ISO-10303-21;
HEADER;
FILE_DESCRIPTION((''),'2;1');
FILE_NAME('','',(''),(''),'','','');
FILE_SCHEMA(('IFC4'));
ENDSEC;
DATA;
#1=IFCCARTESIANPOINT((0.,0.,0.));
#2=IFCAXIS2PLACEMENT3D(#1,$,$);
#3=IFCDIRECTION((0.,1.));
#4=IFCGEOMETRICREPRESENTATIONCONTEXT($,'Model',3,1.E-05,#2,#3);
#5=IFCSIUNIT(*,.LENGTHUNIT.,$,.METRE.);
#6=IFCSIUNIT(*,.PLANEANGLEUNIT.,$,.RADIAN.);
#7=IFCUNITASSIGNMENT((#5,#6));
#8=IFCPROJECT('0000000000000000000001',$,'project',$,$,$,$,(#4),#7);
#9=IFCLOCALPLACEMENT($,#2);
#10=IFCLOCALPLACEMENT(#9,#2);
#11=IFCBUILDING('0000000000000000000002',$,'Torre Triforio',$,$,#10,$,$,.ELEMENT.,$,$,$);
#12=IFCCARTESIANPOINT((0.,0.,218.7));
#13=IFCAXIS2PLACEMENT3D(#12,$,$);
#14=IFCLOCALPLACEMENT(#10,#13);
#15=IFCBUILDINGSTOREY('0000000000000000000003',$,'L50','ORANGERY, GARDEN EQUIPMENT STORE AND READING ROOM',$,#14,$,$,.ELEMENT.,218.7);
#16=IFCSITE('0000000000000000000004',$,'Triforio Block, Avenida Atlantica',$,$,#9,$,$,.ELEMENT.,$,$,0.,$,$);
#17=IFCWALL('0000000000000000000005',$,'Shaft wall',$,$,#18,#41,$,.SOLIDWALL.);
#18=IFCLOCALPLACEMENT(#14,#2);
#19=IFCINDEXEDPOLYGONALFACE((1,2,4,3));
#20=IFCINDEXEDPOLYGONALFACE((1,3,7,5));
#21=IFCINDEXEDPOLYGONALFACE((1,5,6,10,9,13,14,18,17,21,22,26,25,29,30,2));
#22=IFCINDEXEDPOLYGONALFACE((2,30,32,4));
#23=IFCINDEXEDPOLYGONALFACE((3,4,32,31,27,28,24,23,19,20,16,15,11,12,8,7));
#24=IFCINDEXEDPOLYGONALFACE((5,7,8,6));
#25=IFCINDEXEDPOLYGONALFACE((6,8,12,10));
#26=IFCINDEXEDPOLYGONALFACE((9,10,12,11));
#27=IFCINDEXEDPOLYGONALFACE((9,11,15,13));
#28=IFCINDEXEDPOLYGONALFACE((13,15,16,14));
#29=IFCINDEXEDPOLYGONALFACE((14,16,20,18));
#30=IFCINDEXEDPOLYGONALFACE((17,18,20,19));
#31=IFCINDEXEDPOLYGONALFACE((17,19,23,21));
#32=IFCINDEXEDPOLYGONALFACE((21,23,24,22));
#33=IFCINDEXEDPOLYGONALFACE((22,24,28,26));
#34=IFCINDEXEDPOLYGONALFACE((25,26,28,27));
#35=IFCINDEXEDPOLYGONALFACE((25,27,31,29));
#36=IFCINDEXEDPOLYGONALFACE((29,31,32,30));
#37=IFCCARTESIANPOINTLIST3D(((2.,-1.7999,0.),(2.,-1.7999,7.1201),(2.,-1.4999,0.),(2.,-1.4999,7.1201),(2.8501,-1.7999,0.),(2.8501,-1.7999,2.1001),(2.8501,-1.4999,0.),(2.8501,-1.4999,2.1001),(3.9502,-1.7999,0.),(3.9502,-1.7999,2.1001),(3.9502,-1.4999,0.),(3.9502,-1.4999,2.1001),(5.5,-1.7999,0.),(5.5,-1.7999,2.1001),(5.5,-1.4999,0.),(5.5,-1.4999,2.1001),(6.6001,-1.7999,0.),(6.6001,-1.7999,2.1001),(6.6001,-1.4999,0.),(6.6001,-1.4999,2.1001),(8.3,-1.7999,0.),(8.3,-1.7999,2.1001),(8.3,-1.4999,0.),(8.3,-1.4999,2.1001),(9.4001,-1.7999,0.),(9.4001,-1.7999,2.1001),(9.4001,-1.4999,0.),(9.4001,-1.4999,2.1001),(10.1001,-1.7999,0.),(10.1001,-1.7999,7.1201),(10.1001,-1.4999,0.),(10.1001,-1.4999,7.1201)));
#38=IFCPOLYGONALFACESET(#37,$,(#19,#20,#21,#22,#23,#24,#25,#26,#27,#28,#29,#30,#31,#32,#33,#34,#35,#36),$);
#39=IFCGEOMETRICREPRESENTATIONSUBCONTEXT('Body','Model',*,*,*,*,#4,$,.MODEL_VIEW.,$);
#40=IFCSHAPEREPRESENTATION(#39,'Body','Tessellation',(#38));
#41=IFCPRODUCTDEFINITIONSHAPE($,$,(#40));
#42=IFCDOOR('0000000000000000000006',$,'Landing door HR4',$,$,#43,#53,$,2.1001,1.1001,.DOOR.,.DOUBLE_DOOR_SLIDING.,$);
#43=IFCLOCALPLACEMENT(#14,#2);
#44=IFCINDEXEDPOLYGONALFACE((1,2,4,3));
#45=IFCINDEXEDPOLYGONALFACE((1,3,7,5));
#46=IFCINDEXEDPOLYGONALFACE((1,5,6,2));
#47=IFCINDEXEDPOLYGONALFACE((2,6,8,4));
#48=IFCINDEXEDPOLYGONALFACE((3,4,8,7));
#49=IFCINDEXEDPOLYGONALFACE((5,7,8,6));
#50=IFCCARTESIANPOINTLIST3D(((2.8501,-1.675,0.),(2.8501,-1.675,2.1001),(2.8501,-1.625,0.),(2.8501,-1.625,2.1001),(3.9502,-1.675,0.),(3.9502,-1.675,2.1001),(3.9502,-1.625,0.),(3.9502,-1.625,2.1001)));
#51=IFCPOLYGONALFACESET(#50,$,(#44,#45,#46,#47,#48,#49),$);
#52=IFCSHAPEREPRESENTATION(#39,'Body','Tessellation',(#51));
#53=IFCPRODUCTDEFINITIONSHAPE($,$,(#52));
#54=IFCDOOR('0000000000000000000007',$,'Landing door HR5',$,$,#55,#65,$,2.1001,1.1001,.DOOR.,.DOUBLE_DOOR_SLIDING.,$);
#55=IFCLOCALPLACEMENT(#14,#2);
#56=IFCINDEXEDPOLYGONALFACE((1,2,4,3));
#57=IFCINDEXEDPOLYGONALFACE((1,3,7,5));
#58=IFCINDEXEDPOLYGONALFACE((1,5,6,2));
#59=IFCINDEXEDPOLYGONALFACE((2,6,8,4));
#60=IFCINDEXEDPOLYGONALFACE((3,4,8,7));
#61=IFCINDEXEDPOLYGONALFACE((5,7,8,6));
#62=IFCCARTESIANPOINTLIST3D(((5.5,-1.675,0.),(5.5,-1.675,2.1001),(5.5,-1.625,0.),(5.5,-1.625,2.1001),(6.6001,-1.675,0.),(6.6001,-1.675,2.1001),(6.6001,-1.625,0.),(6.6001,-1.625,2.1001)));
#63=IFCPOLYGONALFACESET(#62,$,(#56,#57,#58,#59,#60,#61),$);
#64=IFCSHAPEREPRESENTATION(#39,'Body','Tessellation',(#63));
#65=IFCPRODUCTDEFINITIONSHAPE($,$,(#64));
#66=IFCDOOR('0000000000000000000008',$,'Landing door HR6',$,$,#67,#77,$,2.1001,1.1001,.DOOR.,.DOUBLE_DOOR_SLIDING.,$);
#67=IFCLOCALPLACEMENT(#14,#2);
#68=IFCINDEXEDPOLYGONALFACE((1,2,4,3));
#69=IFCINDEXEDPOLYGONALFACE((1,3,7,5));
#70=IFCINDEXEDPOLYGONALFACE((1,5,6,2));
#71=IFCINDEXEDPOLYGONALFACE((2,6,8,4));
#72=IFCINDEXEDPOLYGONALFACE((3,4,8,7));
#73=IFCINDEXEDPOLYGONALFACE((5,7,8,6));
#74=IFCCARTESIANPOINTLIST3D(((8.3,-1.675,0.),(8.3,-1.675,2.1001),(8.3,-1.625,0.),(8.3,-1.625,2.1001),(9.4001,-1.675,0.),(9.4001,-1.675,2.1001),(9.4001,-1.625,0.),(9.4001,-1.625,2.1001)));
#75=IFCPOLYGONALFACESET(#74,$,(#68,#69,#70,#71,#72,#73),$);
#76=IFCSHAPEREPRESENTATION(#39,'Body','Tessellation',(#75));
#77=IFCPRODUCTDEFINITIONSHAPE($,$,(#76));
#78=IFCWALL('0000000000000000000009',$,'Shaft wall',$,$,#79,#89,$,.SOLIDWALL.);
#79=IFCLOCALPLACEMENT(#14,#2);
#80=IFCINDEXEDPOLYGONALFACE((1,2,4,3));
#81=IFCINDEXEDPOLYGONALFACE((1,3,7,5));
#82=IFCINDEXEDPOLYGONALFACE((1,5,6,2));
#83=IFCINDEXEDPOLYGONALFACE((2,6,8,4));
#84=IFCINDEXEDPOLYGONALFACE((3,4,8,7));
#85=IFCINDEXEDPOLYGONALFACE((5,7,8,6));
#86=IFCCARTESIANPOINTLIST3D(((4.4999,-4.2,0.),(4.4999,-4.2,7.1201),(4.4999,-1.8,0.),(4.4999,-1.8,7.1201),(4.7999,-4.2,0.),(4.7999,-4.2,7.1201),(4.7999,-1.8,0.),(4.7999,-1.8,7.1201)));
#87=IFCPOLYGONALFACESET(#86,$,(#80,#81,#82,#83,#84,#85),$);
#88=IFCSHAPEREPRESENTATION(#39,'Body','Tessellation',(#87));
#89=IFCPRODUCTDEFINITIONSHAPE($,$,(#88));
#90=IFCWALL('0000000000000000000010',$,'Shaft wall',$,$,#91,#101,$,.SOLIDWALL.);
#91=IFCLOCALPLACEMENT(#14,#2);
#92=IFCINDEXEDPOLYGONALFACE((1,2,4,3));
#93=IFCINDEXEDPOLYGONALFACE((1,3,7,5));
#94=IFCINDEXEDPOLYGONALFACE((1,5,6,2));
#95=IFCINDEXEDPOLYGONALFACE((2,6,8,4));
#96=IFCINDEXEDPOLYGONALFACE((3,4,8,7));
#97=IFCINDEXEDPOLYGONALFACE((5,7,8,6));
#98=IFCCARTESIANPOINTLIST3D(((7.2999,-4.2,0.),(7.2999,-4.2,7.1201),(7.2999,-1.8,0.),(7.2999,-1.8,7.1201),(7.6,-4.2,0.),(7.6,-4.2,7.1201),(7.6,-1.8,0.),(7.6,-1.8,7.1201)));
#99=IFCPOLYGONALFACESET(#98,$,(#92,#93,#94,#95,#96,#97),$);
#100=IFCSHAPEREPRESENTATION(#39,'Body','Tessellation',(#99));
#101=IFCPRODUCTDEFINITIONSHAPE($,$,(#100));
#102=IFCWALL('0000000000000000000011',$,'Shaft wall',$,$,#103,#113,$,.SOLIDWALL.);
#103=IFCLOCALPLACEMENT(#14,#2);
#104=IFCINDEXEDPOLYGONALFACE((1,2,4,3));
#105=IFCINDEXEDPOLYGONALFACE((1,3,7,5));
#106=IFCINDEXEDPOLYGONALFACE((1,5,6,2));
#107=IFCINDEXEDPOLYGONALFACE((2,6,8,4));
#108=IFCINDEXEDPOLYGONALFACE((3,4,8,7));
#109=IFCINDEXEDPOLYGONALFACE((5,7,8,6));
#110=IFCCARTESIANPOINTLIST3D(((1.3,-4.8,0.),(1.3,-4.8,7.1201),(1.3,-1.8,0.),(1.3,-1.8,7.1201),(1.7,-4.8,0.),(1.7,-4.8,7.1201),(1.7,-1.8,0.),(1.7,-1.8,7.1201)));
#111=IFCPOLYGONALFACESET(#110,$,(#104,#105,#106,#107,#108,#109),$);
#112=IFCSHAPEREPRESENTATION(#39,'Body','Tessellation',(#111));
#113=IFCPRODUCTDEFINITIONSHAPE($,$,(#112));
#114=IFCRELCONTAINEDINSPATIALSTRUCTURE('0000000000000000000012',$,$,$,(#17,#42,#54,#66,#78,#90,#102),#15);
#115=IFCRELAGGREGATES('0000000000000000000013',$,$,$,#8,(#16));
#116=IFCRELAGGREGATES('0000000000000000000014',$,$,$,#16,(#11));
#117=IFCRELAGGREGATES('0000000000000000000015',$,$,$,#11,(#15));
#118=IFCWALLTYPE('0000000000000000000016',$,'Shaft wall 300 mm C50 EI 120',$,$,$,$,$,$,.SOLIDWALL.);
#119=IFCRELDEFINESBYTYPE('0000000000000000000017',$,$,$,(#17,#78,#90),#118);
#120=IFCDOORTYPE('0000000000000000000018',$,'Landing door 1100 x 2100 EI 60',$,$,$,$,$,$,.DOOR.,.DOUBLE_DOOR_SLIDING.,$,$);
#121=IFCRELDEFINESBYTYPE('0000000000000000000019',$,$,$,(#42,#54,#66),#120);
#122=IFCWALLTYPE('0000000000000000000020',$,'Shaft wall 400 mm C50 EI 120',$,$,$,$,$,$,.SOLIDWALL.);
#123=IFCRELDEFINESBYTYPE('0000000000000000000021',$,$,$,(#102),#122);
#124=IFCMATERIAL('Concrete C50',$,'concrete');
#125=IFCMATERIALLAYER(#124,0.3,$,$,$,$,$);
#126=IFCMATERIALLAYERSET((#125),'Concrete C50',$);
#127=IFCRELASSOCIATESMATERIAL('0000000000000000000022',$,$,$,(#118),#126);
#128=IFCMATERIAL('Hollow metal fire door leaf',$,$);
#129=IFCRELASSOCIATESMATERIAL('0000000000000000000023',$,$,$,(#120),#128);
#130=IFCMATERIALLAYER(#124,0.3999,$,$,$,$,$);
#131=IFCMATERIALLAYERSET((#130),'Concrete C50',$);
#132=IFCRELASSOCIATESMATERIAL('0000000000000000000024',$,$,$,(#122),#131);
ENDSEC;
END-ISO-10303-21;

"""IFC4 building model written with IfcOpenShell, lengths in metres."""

from ifc_helpers import new_model, si_unit, direction, frame, frame_2d, origin, place, context, subcontext, project, spatial, rectangle, extrude, material, layer, layer_set, type_object, element, fill, save


model = new_model("IFC4")

# Units and contexts
model_context = context("Model", 3, precision=1e-05, world=origin(), true_north=direction((0.0, 1.0)))
body_context = subcontext(model_context, "Body", "Model", "MODEL_VIEW")
ifc_project = project(units=[si_unit("LENGTHUNIT", "METRE"), si_unit("PLANEANGLEUNIT", "RADIAN")], contexts=[model_context])

# Site, building, storey
site_placement = place(None, origin())
site = spatial("IfcSite", under=ifc_project, at=site_placement, Name="Triforio Block, Avenida Atlantica", CompositionType="ELEMENT", RefElevation=0.0)
building_placement = place(site_placement, origin())
building = spatial("IfcBuilding", under=site, at=building_placement, Name="Torre Triforio", CompositionType="ELEMENT")
storey_placement = place(building_placement, frame((0.0, 0.0, 218.7)))
storey = spatial("IfcBuildingStorey", under=building, at=storey_placement, Name="L50", Description="ORANGERY, GARDEN EQUIPMENT STORE AND READING ROOM", CompositionType="ELEMENT", Elevation=218.7)

# Shared definitions
ifc_material_1 = material(Name="Concrete C50", Category="concrete")

# Shared definitions
ifc_material_2 = material(Name="Hollow metal fire door leaf")

# Shared definitions
ifc_layer_1 = layer(ifc_material_1, 0.3)
ifc_layer_set_1 = layer_set([ifc_layer_1], Name="Concrete C50")
wall_type_1 = type_object("IfcWallType", Name="Shaft wall 300 mm C50 EI 120", PredefinedType="SOLIDWALL", material=ifc_layer_set_1)

# Wall, openings, doors
wall_1_placement = place(storey_placement, frame((2.0, -1.6499, 0.0), z_axis=(0.0, 0.0, 1.0), x_axis=(1.0, 0.0, 0.0)))
wall_1 = element("IfcWall", 1, at=wall_1_placement, inside=storey, type_object=wall_type_1, Name="Shaft wall", PredefinedType="SOLIDWALL", context=body_context, shape_type="SweptSolid", body=[
    extrude(rectangle(XDim=8.1001, YDim=0.3, at=frame_2d((4.05, 0.0))), origin(), (0.0, 0.0, 1.0), 7.1201),
])
opening_1_placement = place(wall_1_placement, frame((0.8501, 0.0, 0.0)))
opening_1 = element("IfcOpeningElement", 2, at=opening_1_placement, cuts=wall_1, PredefinedType="OPENING", context=body_context, shape_type="SweptSolid", body=[
    extrude(rectangle(XDim=1.1001, YDim=2.1001, at=frame_2d((0.55, 1.05))), frame((0.0, 0.1599, 0.0), z_axis=(0.0, -1.0, 0.0), x_axis=(1.0, 0.0, 0.0)), (0.0, 0.0, 1.0), 0.3201),
])
opening_2_placement = place(wall_1_placement, frame((3.5, 0.0, 0.0)))
opening_2 = element("IfcOpeningElement", 3, at=opening_2_placement, cuts=wall_1, PredefinedType="OPENING", context=body_context, shape_type="SweptSolid", body=[
    extrude(rectangle(XDim=1.1001, YDim=2.1001, at=frame_2d((0.55, 1.05))), frame((0.0, 0.1599, 0.0), z_axis=(0.0, -1.0, 0.0), x_axis=(1.0, 0.0, 0.0)), (0.0, 0.0, 1.0), 0.3201),
])
opening_3_placement = place(wall_1_placement, frame((6.3, 0.0, 0.0)))
opening_3 = element("IfcOpeningElement", 4, at=opening_3_placement, cuts=wall_1, PredefinedType="OPENING", context=body_context, shape_type="SweptSolid", body=[
    extrude(rectangle(XDim=1.1001, YDim=2.1001, at=frame_2d((0.55, 1.05))), frame((0.0, 0.1599, 0.0), z_axis=(0.0, -1.0, 0.0), x_axis=(1.0, 0.0, 0.0)), (0.0, 0.0, 1.0), 0.3201),
])
door_type_1 = type_object("IfcDoorType", Name="Landing door 1100 x 2100 EI 60", OperationType="DOUBLE_DOOR_SLIDING", PredefinedType="DOOR", material=ifc_material_2)
door_1_placement = place(opening_1_placement, origin())
door_1 = element("IfcDoor", 5, at=door_1_placement, inside=storey, type_object=door_type_1, Name="Landing door HR4", OperationType="DOUBLE_DOOR_SLIDING", OverallHeight=2.1001, OverallWidth=1.1001, PredefinedType="DOOR", context=body_context, shape_type="SweptSolid", body=[
    extrude(rectangle(XDim=1.1001, YDim=2.1001, at=frame_2d((0.55, 1.05))), frame((0.0, 0.0249, 0.0), z_axis=(0.0, -1.0, 0.0), x_axis=(1.0, 0.0, 0.0)), (0.0, 0.0, 1.0), 0.05),
])
fill(opening_1, door_1)
door_2_placement = place(opening_2_placement, origin())
door_2 = element("IfcDoor", 6, at=door_2_placement, inside=storey, type_object=door_type_1, Name="Landing door HR5", OperationType="DOUBLE_DOOR_SLIDING", OverallHeight=2.1001, OverallWidth=1.1001, PredefinedType="DOOR", context=body_context, shape_type="SweptSolid", body=[
    extrude(rectangle(XDim=1.1001, YDim=2.1001, at=frame_2d((0.55, 1.05))), frame((0.0, 0.0249, 0.0), z_axis=(0.0, -1.0, 0.0), x_axis=(1.0, 0.0, 0.0)), (0.0, 0.0, 1.0), 0.05),
])
fill(opening_2, door_2)
door_3_placement = place(opening_3_placement, origin())
door_3 = element("IfcDoor", 7, at=door_3_placement, inside=storey, type_object=door_type_1, Name="Landing door HR6", OperationType="DOUBLE_DOOR_SLIDING", OverallHeight=2.1001, OverallWidth=1.1001, PredefinedType="DOOR", context=body_context, shape_type="SweptSolid", body=[
    extrude(rectangle(XDim=1.1001, YDim=2.1001, at=frame_2d((0.55, 1.05))), frame((0.0, 0.0249, 0.0), z_axis=(0.0, -1.0, 0.0), x_axis=(1.0, 0.0, 0.0)), (0.0, 0.0, 1.0), 0.05),
])
fill(opening_3, door_3)

# Walls
for number, where, z_axis, x_axis, name in (
    (8, (4.6499, -4.2, 0.0), (0.0, 0.0, 1.0), (0.0, 1.0, 0.0), "Shaft wall"),
    (9, (7.45, -4.2, 0.0), (0.0, 0.0, 1.0), (0.0, 1.0, 0.0), "Shaft wall"),
):
    element("IfcWall", number, at=place(storey_placement, frame(where, z_axis=z_axis, x_axis=x_axis)), inside=storey, type_object=wall_type_1, Name=name, PredefinedType="SOLIDWALL", context=body_context, shape_type="SweptSolid", body=[
        extrude(rectangle(XDim=2.3999, YDim=0.3, at=frame_2d((1.2, 0.0))), origin(), (0.0, 0.0, 1.0), 7.1201),
    ])
ifc_layer_2 = layer(ifc_material_1, 0.3999)
ifc_layer_set_2 = layer_set([ifc_layer_2], Name="Concrete C50")
wall_type_2 = type_object("IfcWallType", Name="Shaft wall 400 mm C50 EI 120", PredefinedType="SOLIDWALL", material=ifc_layer_set_2)
wall_2_placement = place(storey_placement, frame((1.5, -4.8, 0.0), z_axis=(0.0, 0.0, 1.0), x_axis=(0.0, 1.0, 0.0)))
element("IfcWall", 10, at=wall_2_placement, inside=storey, type_object=wall_type_2, Name="Shaft wall", PredefinedType="SOLIDWALL", context=body_context, shape_type="SweptSolid", body=[
    extrude(rectangle(XDim=3.0, YDim=0.3999, at=frame_2d((1.5, 0.0))), origin(), (0.0, 0.0, 1.0), 7.1201),
])

save(model, "model.ifc")
